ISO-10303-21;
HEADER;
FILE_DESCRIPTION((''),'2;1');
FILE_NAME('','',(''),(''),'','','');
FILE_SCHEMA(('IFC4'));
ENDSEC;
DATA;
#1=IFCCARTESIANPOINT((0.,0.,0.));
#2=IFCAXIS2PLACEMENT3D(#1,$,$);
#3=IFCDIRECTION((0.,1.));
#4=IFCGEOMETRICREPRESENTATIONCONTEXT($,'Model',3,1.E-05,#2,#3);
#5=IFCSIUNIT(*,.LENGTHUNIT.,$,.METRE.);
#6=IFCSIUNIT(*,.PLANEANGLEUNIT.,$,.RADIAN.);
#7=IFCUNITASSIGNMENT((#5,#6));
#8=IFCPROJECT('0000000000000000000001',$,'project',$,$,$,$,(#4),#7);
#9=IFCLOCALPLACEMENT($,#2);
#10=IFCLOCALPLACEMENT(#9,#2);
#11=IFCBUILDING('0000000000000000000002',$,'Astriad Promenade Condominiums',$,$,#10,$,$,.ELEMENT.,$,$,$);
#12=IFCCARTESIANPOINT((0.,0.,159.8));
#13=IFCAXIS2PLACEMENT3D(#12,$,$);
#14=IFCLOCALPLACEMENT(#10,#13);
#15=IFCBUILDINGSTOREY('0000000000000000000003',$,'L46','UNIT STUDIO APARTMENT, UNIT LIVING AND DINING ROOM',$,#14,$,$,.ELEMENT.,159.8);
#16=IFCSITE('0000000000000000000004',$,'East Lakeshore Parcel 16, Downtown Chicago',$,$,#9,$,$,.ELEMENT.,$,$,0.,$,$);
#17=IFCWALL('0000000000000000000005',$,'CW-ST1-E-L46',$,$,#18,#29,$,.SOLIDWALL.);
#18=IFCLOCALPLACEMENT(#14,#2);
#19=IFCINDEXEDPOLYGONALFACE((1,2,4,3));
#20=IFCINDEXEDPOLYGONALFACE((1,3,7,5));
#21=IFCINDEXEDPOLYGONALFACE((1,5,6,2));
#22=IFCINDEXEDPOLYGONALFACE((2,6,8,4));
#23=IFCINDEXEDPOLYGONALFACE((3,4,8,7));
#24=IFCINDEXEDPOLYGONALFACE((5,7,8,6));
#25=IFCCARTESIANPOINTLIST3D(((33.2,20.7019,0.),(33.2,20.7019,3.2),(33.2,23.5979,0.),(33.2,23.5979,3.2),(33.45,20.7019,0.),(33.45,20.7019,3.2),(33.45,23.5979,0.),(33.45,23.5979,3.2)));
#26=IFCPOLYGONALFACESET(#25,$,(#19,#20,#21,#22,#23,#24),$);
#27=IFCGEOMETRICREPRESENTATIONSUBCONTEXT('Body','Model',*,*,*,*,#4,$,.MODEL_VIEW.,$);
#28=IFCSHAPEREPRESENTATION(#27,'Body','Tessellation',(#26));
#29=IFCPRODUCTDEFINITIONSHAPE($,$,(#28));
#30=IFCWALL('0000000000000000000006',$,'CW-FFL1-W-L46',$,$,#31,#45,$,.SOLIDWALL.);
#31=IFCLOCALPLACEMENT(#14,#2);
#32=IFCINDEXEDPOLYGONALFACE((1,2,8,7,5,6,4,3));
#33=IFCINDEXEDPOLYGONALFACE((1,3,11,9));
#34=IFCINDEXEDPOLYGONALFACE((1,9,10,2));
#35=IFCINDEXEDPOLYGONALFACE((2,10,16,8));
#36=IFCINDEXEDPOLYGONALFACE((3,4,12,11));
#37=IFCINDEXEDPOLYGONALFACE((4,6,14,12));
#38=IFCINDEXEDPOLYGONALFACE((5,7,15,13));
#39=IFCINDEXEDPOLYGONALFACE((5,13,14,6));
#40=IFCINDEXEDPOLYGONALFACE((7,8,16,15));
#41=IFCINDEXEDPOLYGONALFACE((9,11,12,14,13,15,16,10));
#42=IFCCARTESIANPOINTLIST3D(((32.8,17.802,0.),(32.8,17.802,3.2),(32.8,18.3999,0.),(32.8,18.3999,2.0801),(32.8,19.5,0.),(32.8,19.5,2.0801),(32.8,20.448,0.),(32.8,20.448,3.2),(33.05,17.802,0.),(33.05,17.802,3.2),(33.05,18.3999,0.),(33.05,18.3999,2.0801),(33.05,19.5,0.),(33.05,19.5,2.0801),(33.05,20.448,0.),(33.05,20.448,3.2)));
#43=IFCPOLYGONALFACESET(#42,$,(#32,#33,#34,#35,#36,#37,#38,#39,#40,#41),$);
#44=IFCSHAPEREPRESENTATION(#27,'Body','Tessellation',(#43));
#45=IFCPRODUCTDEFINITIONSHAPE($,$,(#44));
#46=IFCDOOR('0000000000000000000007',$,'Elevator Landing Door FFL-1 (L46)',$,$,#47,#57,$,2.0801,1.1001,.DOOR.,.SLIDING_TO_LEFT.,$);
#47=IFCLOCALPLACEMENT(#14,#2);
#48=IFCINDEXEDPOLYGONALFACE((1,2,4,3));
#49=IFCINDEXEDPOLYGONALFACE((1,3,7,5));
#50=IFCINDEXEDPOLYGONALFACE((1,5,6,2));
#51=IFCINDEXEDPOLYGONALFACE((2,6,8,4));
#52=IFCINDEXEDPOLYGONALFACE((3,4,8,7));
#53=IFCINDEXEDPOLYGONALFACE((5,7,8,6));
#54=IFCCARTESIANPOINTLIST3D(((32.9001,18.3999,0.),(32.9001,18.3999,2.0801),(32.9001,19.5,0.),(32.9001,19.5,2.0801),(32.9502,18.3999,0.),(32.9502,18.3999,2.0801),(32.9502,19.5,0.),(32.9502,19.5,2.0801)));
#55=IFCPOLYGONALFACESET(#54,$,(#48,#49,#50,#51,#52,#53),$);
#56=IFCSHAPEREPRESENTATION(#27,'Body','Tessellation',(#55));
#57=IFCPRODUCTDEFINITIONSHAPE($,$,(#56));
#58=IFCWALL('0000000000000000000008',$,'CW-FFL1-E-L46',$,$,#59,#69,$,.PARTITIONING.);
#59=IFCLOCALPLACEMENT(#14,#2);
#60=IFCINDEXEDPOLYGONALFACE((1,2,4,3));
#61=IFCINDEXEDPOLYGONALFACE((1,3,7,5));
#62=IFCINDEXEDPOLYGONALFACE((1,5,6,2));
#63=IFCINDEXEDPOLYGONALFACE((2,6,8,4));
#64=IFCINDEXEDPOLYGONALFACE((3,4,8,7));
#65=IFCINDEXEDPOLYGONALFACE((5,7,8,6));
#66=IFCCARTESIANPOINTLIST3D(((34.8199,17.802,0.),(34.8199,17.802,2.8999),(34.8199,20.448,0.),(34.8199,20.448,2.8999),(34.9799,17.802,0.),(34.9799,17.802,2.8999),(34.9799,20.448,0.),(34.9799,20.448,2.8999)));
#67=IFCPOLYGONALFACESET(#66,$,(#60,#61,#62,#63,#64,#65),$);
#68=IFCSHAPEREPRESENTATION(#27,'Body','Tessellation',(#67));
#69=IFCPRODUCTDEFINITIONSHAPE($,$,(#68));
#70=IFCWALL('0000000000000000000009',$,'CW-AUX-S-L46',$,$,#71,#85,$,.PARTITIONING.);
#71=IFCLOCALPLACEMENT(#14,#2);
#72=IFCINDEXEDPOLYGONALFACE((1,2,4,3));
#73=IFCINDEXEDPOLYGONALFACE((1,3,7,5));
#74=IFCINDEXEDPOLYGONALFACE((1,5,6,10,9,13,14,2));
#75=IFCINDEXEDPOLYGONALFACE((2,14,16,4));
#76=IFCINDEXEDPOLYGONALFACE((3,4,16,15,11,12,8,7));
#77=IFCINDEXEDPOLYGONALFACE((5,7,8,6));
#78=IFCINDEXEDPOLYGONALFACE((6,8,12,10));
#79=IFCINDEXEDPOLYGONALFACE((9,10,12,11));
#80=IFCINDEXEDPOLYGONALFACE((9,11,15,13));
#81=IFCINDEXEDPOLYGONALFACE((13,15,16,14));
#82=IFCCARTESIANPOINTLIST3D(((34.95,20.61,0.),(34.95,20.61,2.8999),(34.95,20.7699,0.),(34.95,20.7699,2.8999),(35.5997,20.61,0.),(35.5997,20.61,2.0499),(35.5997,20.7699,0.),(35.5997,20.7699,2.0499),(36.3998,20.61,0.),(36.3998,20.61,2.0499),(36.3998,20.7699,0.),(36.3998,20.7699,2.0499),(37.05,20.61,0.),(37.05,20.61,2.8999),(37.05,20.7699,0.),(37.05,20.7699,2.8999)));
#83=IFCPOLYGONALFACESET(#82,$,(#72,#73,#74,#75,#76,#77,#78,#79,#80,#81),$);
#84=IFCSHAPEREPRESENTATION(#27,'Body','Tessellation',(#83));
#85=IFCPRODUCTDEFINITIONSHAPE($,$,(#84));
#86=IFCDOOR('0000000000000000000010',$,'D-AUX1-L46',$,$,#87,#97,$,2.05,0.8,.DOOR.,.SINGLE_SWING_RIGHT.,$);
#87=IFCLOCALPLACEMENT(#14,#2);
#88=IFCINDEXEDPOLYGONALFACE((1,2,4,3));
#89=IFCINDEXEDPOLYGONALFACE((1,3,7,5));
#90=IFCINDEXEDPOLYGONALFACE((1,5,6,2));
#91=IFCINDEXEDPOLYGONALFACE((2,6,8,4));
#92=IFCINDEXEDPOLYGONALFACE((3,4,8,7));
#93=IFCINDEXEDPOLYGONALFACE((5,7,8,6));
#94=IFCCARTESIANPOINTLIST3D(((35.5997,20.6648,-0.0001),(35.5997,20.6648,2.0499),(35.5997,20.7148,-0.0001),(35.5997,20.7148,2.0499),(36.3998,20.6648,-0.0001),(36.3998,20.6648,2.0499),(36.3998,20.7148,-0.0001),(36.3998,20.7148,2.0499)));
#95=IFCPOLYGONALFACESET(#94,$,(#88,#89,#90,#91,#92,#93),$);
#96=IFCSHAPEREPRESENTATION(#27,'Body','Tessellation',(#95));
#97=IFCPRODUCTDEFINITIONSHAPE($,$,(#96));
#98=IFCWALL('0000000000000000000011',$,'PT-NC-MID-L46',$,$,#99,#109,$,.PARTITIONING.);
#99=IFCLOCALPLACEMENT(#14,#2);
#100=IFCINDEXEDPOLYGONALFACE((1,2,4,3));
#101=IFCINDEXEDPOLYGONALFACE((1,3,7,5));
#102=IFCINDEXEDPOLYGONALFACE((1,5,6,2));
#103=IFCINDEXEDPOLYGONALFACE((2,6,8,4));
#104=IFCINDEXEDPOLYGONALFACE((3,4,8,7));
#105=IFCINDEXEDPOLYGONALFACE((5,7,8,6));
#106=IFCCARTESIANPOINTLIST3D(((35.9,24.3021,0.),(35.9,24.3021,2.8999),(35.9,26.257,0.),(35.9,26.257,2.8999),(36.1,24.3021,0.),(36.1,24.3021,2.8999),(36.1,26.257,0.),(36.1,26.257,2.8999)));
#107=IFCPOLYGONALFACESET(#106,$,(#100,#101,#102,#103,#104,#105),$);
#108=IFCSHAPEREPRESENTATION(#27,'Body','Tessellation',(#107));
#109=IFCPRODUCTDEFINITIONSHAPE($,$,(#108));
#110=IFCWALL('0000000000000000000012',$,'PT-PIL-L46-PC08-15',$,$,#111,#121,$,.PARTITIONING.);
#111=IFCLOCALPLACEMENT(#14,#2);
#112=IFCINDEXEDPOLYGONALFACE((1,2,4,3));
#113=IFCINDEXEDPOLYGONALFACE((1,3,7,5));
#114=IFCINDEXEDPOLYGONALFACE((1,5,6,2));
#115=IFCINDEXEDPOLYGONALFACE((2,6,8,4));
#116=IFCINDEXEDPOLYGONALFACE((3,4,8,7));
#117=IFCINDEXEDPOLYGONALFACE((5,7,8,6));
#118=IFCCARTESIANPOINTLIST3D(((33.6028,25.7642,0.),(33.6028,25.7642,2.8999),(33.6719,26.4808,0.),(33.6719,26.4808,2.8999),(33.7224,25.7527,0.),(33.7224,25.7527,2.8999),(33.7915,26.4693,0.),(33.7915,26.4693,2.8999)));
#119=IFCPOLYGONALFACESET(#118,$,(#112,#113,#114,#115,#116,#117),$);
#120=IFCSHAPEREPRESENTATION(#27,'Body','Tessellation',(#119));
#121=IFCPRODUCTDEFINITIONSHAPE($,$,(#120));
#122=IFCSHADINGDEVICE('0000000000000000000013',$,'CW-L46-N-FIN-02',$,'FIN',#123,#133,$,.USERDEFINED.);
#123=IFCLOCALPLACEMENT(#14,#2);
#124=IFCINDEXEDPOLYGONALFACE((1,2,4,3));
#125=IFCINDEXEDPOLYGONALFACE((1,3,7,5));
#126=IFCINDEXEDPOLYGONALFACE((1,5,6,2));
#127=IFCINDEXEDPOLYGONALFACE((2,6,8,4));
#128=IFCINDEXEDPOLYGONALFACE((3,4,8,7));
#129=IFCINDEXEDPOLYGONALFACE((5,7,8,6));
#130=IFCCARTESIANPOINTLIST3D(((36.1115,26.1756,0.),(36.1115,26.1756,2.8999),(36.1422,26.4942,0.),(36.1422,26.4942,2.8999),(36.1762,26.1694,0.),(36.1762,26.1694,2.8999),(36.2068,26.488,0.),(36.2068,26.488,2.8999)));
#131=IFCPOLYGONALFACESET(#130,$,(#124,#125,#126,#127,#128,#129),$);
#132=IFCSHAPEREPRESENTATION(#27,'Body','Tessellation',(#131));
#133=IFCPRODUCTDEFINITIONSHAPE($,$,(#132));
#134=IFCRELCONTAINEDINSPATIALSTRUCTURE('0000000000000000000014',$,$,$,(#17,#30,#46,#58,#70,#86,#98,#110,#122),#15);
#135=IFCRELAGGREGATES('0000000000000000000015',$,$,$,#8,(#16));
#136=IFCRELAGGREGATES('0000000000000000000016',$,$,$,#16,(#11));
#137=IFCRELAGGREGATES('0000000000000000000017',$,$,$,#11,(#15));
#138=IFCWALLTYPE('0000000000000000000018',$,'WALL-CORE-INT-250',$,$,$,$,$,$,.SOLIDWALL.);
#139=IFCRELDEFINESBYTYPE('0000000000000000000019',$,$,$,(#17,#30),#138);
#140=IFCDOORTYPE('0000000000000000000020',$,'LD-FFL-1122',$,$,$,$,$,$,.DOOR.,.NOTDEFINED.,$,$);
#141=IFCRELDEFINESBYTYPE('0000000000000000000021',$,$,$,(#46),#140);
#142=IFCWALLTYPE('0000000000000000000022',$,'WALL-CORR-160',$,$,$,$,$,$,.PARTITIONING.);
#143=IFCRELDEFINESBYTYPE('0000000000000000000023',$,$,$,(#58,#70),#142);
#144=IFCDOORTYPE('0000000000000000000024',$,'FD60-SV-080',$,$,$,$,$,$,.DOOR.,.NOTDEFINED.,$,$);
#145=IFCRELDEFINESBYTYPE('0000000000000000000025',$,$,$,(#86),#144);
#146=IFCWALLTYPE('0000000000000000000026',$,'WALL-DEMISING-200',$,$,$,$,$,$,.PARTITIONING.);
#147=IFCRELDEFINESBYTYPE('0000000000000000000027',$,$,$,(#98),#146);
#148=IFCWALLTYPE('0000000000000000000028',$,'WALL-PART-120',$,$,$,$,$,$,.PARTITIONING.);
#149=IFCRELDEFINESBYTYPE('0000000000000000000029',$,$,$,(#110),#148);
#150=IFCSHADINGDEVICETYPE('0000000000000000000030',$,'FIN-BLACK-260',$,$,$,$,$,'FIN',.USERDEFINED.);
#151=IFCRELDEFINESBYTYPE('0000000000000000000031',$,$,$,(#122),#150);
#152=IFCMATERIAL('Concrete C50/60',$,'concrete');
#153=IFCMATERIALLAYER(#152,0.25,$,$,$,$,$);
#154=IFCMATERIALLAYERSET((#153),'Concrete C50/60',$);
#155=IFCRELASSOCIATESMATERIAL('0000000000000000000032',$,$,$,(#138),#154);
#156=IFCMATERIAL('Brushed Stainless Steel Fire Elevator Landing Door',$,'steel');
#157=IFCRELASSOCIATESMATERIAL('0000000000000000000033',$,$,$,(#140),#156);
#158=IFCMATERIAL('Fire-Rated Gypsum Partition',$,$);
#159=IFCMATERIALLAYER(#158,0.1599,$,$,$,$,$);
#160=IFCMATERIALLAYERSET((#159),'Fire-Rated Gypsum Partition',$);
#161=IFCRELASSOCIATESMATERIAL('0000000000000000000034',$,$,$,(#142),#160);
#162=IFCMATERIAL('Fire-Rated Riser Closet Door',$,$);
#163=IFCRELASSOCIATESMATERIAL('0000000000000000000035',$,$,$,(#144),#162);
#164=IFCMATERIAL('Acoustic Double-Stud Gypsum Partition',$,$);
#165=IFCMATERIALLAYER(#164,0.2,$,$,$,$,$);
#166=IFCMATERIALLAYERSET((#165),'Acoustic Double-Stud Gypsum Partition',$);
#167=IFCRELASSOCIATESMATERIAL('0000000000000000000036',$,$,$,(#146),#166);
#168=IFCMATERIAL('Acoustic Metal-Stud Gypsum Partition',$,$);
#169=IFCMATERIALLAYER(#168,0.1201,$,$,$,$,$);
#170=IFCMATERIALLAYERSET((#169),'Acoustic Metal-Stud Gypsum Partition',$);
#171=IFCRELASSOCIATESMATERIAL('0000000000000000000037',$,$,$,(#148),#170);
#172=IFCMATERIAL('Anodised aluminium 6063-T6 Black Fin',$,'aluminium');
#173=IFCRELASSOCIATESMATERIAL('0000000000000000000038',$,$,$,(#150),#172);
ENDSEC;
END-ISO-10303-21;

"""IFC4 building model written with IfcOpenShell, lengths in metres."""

from ifc_helpers import new_model, si_unit, direction, frame, frame_2d, origin, origin_2d, place, context, subcontext, project, spatial, rectangle, extrude, source, transform, mapped, material, layer, layer_set, type_object, type_shapes, element, fill, save


model = new_model("IFC4")

# Units and contexts
model_context = context("Model", 3, precision=1e-05, world=origin(), true_north=direction((0.0, 1.0)))
body_context = subcontext(model_context, "Body", "Model", "MODEL_VIEW")
ifc_project = project(units=[si_unit("LENGTHUNIT", "METRE"), si_unit("PLANEANGLEUNIT", "RADIAN")], contexts=[model_context])

# Site, building, storey
site_placement = place(None, origin())
site = spatial("IfcSite", under=ifc_project, at=site_placement, Name="East Lakeshore Parcel 16, Downtown Chicago", CompositionType="ELEMENT", RefElevation=0.0)
building_placement = place(site_placement, origin())
building = spatial("IfcBuilding", under=site, at=building_placement, Name="Astriad Promenade Condominiums", CompositionType="ELEMENT")
storey_placement = place(building_placement, frame((0.0, 0.0, 159.8)))
storey = spatial("IfcBuildingStorey", under=building, at=storey_placement, Name="L46", Description="UNIT STUDIO APARTMENT, UNIT LIVING AND DINING ROOM", CompositionType="ELEMENT", Elevation=159.8)

# Wall
ifc_material_1 = material(Name="Concrete C50/60", Category="concrete")
ifc_layer_1 = layer(ifc_material_1, 0.25)
ifc_layer_set_1 = layer_set([ifc_layer_1], Name="Concrete C50/60")
wall_type_1 = type_object("IfcWallType", Name="WALL-CORE-INT-250", PredefinedType="SOLIDWALL", material=ifc_layer_set_1)
wall_1_placement = place(storey_placement, frame((33.325, 20.7019, 0.0), z_axis=(0.0, 0.0, 1.0), x_axis=(0.0, 1.0, 0.0)))
element("IfcWall", 1, at=wall_1_placement, inside=storey, type_object=wall_type_1, Name="CW-ST1-E-L46", PredefinedType="SOLIDWALL", context=body_context, shape_type="SweptSolid", body=[
    extrude(rectangle(XDim=2.896, YDim=0.25, at=frame_2d((1.448, 0.0))), origin(), (0.0, 0.0, 1.0), 3.2),
])

# Wall, opening, door
wall_2_placement = place(storey_placement, frame((32.925, 17.802, 0.0), z_axis=(0.0, 0.0, 1.0), x_axis=(0.0, 1.0, 0.0)))
wall_2 = element("IfcWall", 2, at=wall_2_placement, inside=storey, type_object=wall_type_1, Name="CW-FFL1-W-L46", PredefinedType="SOLIDWALL", context=body_context, shape_type="SweptSolid", body=[
    extrude(rectangle(XDim=2.646, YDim=0.25, at=frame_2d((1.323, 0.0))), origin(), (0.0, 0.0, 1.0), 3.2),
])
opening_1_placement = place(wall_2_placement, frame((0.5979, 0.0, 0.0)))
opening_1 = element("IfcOpeningElement", 3, at=opening_1_placement, cuts=wall_2, PredefinedType="OPENING", context=body_context, shape_type="SweptSolid", body=[
    extrude(rectangle(XDim=1.1001, YDim=2.0801, at=frame_2d((0.55, 1.04))), frame((0.0, 0.135, 0.0), z_axis=(0.0, -1.0, 0.0), x_axis=(1.0, 0.0, 0.0)), (0.0, 0.0, 1.0), 0.27),
])
ifc_material_2 = material(Name="Brushed Stainless Steel Fire Elevator Landing Door", Category="steel")
door_type_1 = type_object("IfcDoorType", Name="LD-FFL-1122", OperationType="NOTDEFINED", PredefinedType="DOOR", material=ifc_material_2)
shared_shape_1 = source(origin(), body_context, "Body", "SweptSolid", [
    extrude(rectangle(XDim=1.1001, YDim=2.0801, at=frame_2d((0.55, 1.04))), frame((0.0, 0.0249, 0.0), z_axis=(0.0, -1.0, 0.0), x_axis=(1.0, 0.0, 0.0)), (0.0, 0.0, 1.0), 0.05),
])
type_shapes(door_type_1, [shared_shape_1])
door_1_placement = place(opening_1_placement, origin())
door_1 = element("IfcDoor", 4, at=door_1_placement, inside=storey, type_object=door_type_1, Name="Elevator Landing Door FFL-1 (L46)", OperationType="SLIDING_TO_LEFT", OverallHeight=2.0801, OverallWidth=1.1001, PredefinedType="DOOR", context=body_context, shape_type="MappedRepresentation", body=[
    mapped(shared_shape_1, transform((0.0, 0.0, 0.0), scale=1.0)),
])
fill(opening_1, door_1)

# Wall
ifc_material_3 = material(Name="Fire-Rated Gypsum Partition")
ifc_layer_2 = layer(ifc_material_3, 0.1599)
ifc_layer_set_2 = layer_set([ifc_layer_2], Name="Fire-Rated Gypsum Partition")
wall_type_2 = type_object("IfcWallType", Name="WALL-CORR-160", PredefinedType="PARTITIONING", material=ifc_layer_set_2)
wall_3_placement = place(storey_placement, frame((34.8999, 17.802, 0.0), z_axis=(0.0, 0.0, 1.0), x_axis=(0.0, 1.0, 0.0)))
element("IfcWall", 5, at=wall_3_placement, inside=storey, type_object=wall_type_2, Name="CW-FFL1-E-L46", PredefinedType="PARTITIONING", context=body_context, shape_type="SweptSolid", body=[
    extrude(rectangle(XDim=2.646, YDim=0.1599, at=frame_2d((1.323, 0.0))), origin(), (0.0, 0.0, 1.0), 2.8999),
])

# Wall, opening, door
wall_4_placement = place(storey_placement, frame((34.95, 20.6899, 0.0), z_axis=(0.0, 0.0, 1.0), x_axis=(1.0, 0.0, 0.0)))
wall_4 = element("IfcWall", 6, at=wall_4_placement, inside=storey, type_object=wall_type_2, Name="CW-AUX-S-L46", PredefinedType="PARTITIONING", context=body_context, shape_type="SweptSolid", body=[
    extrude(rectangle(XDim=2.1001, YDim=0.1599, at=frame_2d((1.05, 0.0))), origin(), (0.0, 0.0, 1.0), 2.8999),
])
opening_2_placement = place(wall_4_placement, frame((0.6499, 0.0, 0.0)))
opening_2 = element("IfcOpeningElement", 7, at=opening_2_placement, cuts=wall_4, PredefinedType="OPENING", context=body_context, shape_type="SweptSolid", body=[
    extrude(rectangle(XDim=0.8, YDim=2.05, at=frame_2d((0.3999, 1.0249))), frame((0.0, 0.0898, 0.0), z_axis=(0.0, -1.0, 0.0), x_axis=(1.0, 0.0, 0.0)), (0.0, 0.0, 1.0), 0.1799),
])
ifc_material_4 = material(Name="Fire-Rated Riser Closet Door")
door_type_2 = type_object("IfcDoorType", Name="FD60-SV-080", OperationType="NOTDEFINED", PredefinedType="DOOR", material=ifc_material_4)
shared_shape_2 = source(origin(), body_context, "Body", "SweptSolid", [
    extrude(rectangle(XDim=0.8, YDim=2.05, at=frame_2d((0.3999, 1.0249))), frame((0.0, 0.0249, 0.0), z_axis=(0.0, -1.0, 0.0), x_axis=(1.0, 0.0, 0.0)), (0.0, 0.0, 1.0), 0.05),
])
type_shapes(door_type_2, [shared_shape_2])
door_2_placement = place(opening_2_placement, origin())
door_2 = element("IfcDoor", 8, at=door_2_placement, inside=storey, type_object=door_type_2, Name="D-AUX1-L46", OperationType="SINGLE_SWING_RIGHT", OverallHeight=2.05, OverallWidth=0.8, PredefinedType="DOOR", context=body_context, shape_type="MappedRepresentation", body=[
    mapped(shared_shape_2, transform((0.0, 0.0, 0.0), scale=1.0)),
])
fill(opening_2, door_2)

# Walls
ifc_material_5 = material(Name="Acoustic Double-Stud Gypsum Partition")
ifc_layer_3 = layer(ifc_material_5, 0.2)
ifc_layer_set_3 = layer_set([ifc_layer_3], Name="Acoustic Double-Stud Gypsum Partition")
wall_type_3 = type_object("IfcWallType", Name="WALL-DEMISING-200", PredefinedType="PARTITIONING", material=ifc_layer_set_3)
wall_5_placement = place(storey_placement, frame((36.0, 24.302, 0.0), z_axis=(0.0, 0.0, 1.0), x_axis=(0.0, 1.0, 0.0)))
element("IfcWall", 9, at=wall_5_placement, inside=storey, type_object=wall_type_3, Name="PT-NC-MID-L46", PredefinedType="PARTITIONING", context=body_context, shape_type="SweptSolid", body=[
    extrude(rectangle(XDim=1.9548, YDim=0.2, at=frame_2d((0.9775, 0.0))), origin(), (0.0, 0.0, 1.0), 2.8999),
])
ifc_material_6 = material(Name="Acoustic Metal-Stud Gypsum Partition")
ifc_layer_4 = layer(ifc_material_6, 0.1201)
ifc_layer_set_4 = layer_set([ifc_layer_4], Name="Acoustic Metal-Stud Gypsum Partition")
wall_type_4 = type_object("IfcWallType", Name="WALL-PART-120", PredefinedType="PARTITIONING", material=ifc_layer_set_4)
wall_6_placement = place(storey_placement, frame((33.6626, 25.7585, 0.0), z_axis=(0.0, 0.0, 1.0), x_axis=(0.095977, 0.995384, 0.0)))
element("IfcWall", 10, at=wall_6_placement, inside=storey, type_object=wall_type_4, Name="PT-PIL-L46-PC08-15", PredefinedType="PARTITIONING", context=body_context, shape_type="SweptSolid", body=[
    extrude(rectangle(XDim=0.72, YDim=0.1201, at=frame_2d((0.3599, 0.0))), origin(), (0.0, 0.0, 1.0), 2.8999),
])

# Shading device
ifc_material_7 = material(Name="Anodised aluminium 6063-T6 Black Fin", Category="aluminium")
shading_device_type = type_object("IfcShadingDeviceType", Name="FIN-BLACK-260", ElementType="FIN", PredefinedType="USERDEFINED", material=ifc_material_7)
shared_shape_3 = source(origin(), body_context, "Body", "SweptSolid", [
    extrude(rectangle(XDim=0.0649, YDim=0.3201, at=origin_2d()), origin(), (0.0, 0.0, 1.0), 2.8999),
])
type_shapes(shading_device_type, [shared_shape_3])
shading_device_placement = place(storey_placement, frame((36.1592, 26.3318, 0.0), z_axis=(0.0, 0.0, 1.0), x_axis=(0.995396, -0.095846, 0.0)))
element("IfcShadingDevice", 11, at=shading_device_placement, inside=storey, type_object=shading_device_type, Name="CW-L46-N-FIN-02", ObjectType="FIN", PredefinedType="USERDEFINED", context=body_context, shape_type="MappedRepresentation", body=[
    mapped(shared_shape_3, transform((0.0, 0.0, 0.0), scale=1.0)),
])

save(model, "model.ifc")
